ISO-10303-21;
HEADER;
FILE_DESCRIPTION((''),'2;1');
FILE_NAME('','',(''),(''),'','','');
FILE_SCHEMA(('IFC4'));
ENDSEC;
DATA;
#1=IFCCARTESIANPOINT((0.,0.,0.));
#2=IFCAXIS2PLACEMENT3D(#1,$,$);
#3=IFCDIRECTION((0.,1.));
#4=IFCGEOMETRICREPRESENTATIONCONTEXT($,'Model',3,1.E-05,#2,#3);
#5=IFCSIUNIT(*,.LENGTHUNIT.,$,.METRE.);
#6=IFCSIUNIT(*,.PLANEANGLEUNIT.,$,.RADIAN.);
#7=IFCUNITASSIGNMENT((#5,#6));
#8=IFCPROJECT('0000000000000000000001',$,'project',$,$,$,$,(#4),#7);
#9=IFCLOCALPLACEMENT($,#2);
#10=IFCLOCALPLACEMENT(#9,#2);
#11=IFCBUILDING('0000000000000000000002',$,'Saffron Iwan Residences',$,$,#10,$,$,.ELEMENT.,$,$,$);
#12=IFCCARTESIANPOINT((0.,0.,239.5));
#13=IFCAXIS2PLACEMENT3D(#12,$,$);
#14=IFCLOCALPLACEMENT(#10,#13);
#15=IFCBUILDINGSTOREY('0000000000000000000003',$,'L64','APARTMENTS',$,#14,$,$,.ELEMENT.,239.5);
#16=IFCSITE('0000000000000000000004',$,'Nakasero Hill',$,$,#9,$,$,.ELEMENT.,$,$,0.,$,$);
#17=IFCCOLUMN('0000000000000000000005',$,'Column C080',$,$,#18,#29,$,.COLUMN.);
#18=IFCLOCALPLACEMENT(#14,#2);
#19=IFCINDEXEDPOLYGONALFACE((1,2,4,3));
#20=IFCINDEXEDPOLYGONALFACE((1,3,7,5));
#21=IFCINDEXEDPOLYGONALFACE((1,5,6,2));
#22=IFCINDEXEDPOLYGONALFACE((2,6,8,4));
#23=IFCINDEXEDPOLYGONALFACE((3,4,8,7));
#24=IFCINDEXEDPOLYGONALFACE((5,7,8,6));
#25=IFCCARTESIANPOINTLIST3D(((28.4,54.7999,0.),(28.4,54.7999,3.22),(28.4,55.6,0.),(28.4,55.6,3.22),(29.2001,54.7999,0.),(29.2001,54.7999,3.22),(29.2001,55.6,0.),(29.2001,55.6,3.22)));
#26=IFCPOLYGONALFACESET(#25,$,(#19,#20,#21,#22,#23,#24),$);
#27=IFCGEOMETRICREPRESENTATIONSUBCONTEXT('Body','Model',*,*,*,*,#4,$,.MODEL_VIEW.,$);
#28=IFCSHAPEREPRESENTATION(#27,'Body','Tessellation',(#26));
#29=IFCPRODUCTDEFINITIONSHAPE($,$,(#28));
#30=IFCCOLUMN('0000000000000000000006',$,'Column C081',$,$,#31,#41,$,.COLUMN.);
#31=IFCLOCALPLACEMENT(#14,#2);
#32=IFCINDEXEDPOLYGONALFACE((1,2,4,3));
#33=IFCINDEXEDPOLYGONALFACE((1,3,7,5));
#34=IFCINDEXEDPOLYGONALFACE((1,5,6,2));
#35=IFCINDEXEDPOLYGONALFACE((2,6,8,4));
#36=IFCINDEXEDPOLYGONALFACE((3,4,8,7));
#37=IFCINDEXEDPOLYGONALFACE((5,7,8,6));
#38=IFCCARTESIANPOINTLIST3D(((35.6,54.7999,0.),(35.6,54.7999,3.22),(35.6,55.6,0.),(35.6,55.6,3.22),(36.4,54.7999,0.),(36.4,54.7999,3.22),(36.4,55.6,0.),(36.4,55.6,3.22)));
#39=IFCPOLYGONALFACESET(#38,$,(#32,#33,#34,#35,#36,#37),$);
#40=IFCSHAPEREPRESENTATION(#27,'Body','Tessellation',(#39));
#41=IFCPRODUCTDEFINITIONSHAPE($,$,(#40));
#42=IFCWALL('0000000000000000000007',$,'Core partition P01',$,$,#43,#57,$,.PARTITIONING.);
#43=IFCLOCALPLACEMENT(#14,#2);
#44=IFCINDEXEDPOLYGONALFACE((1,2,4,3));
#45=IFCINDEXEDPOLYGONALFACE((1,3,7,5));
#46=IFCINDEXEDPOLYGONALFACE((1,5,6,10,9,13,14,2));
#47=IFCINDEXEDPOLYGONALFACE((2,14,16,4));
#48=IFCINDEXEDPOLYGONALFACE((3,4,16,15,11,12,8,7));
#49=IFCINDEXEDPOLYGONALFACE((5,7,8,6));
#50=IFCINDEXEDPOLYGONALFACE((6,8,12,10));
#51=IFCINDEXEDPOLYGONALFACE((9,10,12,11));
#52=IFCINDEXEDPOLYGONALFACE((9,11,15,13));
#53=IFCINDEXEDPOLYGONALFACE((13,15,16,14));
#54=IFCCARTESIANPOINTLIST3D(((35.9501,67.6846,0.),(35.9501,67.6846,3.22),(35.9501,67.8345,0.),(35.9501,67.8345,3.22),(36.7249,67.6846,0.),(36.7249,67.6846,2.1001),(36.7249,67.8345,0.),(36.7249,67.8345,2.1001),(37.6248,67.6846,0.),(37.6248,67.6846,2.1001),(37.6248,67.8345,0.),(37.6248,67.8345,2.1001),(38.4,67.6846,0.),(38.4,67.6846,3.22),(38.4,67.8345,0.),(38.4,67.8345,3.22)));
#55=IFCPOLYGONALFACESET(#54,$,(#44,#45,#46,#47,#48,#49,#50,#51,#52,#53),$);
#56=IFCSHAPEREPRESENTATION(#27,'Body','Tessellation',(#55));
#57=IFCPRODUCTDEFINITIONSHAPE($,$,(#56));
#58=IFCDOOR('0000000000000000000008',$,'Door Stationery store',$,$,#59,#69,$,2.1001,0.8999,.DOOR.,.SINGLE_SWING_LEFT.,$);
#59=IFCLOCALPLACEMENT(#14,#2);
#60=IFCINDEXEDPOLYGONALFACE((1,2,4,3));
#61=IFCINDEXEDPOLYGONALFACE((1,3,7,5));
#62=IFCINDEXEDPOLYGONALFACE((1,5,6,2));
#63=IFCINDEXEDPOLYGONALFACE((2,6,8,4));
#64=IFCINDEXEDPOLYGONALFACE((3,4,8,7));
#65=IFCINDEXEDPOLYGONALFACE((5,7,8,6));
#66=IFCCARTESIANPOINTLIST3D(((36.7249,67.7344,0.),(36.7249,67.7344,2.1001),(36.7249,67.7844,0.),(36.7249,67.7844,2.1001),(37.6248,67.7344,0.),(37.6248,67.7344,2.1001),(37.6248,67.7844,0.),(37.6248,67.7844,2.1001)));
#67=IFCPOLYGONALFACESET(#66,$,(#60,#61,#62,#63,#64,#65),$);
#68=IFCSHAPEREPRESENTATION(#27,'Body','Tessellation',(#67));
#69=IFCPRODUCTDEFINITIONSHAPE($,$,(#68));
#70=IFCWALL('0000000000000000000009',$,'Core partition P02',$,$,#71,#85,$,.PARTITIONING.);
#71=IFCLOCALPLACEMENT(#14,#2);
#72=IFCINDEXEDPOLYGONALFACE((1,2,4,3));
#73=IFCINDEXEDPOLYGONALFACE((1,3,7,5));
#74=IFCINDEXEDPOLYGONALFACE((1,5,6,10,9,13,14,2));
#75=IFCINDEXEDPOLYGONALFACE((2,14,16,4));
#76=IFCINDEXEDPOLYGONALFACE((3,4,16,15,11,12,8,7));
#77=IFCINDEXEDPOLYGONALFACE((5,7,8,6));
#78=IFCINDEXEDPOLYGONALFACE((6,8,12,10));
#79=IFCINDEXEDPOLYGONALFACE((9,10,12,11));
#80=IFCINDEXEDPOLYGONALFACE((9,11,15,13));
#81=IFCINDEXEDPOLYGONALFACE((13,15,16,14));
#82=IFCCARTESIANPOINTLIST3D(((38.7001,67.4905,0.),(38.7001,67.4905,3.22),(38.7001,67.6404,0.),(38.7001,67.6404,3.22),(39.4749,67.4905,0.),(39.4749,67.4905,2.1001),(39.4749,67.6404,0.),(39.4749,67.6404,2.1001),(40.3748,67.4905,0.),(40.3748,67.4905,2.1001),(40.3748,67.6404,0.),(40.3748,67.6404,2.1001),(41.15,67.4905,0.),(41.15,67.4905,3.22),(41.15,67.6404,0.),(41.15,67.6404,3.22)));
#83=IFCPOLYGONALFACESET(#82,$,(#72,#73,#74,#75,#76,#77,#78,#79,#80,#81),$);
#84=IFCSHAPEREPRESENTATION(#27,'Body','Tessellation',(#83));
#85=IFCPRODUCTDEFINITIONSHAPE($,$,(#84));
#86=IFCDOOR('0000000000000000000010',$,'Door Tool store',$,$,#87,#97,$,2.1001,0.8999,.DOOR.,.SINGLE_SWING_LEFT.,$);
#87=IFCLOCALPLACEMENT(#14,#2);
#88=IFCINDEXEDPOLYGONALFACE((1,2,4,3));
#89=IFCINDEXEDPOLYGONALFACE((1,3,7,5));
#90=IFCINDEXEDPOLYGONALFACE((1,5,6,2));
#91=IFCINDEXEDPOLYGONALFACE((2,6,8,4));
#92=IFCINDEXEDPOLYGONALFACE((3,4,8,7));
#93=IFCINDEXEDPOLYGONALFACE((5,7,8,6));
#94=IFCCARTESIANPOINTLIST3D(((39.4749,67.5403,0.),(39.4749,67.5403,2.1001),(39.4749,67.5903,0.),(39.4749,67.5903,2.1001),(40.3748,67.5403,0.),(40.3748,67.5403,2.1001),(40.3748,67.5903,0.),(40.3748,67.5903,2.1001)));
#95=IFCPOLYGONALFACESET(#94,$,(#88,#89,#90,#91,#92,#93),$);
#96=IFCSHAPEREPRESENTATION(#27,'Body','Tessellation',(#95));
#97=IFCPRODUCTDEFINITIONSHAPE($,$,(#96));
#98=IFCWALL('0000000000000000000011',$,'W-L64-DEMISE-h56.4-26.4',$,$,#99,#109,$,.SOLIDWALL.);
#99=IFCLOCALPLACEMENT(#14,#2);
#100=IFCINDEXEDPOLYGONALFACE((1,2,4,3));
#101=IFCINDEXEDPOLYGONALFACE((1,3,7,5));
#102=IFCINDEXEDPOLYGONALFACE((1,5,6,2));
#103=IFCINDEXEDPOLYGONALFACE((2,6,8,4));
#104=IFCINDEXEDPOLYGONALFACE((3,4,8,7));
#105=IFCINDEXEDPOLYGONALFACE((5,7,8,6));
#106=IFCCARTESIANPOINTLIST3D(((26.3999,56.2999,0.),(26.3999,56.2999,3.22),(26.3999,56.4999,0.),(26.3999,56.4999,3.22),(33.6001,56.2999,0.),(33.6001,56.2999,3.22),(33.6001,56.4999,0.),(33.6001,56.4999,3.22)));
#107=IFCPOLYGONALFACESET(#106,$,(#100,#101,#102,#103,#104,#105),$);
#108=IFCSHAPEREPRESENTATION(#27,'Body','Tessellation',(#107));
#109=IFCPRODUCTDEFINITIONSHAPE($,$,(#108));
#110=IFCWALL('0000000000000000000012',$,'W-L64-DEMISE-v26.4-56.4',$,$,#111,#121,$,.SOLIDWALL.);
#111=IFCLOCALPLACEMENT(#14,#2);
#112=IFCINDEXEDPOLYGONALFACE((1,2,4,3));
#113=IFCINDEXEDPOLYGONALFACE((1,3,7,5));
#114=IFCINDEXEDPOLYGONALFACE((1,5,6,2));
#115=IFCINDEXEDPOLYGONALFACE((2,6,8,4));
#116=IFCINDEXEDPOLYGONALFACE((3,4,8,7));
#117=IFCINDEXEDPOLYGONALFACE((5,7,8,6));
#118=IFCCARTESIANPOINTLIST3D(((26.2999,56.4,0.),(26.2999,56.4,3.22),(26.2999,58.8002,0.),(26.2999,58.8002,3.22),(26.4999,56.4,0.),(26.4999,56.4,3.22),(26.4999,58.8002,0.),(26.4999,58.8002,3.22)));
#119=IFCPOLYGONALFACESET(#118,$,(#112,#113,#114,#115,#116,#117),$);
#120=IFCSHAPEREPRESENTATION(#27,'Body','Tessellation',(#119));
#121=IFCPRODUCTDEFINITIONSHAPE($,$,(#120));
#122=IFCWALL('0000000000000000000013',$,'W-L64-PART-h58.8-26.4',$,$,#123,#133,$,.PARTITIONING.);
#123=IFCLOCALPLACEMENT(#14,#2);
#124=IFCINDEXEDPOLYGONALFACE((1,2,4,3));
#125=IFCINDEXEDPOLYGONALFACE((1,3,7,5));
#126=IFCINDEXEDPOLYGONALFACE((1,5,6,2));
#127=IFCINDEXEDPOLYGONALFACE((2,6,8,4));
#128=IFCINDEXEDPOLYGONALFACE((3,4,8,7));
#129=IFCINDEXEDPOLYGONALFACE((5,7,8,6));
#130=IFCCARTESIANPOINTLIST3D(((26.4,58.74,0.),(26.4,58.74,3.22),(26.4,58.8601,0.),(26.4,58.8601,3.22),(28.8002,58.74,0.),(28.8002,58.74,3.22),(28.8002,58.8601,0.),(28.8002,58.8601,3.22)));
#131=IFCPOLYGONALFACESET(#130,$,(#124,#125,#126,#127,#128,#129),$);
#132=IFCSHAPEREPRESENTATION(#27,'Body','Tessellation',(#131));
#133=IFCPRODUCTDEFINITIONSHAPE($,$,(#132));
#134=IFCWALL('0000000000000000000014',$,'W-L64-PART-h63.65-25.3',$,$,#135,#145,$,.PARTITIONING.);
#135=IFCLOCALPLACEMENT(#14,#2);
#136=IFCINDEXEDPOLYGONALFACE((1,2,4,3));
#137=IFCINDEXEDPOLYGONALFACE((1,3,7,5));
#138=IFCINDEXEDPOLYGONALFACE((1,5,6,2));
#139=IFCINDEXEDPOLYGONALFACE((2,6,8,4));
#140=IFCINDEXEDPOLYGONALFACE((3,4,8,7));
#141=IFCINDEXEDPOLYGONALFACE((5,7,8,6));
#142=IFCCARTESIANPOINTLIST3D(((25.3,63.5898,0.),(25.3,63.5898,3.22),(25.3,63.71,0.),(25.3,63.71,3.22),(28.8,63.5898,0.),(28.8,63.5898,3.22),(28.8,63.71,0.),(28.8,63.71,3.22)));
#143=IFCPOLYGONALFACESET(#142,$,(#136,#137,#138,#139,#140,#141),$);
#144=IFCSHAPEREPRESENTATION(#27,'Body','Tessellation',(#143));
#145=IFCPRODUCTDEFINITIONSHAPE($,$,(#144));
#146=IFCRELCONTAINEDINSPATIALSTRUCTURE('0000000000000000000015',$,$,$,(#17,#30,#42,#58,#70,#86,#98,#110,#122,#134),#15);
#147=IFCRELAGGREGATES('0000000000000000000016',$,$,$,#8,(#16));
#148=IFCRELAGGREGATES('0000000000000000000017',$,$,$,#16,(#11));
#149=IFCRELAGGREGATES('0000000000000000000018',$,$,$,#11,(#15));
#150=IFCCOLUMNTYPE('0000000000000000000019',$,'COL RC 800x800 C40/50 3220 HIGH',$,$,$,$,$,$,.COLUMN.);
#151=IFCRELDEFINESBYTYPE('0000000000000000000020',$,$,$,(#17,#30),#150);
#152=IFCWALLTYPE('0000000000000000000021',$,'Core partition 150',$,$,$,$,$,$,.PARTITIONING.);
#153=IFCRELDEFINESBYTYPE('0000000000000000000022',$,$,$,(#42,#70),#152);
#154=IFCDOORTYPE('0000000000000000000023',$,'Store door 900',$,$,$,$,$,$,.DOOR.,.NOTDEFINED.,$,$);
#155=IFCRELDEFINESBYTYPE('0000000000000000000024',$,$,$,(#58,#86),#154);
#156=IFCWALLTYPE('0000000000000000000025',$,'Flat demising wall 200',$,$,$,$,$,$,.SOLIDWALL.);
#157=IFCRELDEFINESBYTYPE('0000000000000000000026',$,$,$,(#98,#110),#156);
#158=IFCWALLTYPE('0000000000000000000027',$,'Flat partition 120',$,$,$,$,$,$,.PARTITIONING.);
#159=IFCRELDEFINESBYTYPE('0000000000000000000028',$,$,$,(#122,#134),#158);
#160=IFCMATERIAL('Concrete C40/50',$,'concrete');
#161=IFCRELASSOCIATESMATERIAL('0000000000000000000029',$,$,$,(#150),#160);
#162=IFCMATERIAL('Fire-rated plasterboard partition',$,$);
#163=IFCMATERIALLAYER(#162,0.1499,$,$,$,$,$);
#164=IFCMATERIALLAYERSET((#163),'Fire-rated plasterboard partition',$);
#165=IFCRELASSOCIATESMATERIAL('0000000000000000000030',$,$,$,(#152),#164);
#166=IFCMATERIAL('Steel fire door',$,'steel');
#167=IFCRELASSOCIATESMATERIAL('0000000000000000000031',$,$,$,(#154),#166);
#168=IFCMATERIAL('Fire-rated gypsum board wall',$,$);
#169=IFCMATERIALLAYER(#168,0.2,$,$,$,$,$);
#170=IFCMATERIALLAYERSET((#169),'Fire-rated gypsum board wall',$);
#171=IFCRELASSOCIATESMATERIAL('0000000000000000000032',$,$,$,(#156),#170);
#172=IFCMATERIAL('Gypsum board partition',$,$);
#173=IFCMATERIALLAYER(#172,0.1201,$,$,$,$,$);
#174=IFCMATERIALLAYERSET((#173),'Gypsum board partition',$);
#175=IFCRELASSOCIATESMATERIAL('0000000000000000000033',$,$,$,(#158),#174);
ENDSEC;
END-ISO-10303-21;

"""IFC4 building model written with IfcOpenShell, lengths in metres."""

from ifc_helpers import new_model, si_unit, direction, frame, frame_2d, origin, origin_2d, place, context, subcontext, project, spatial, rectangle, extrude, source, transform, mapped, material, layer, layer_set, material_profile, profile_set, type_object, element, fill, save


model = new_model("IFC4")

# Units and contexts
model_context = context("Model", 3, precision=1e-05, world=origin(), true_north=direction((0.0, 1.0)))
body_context = subcontext(model_context, "Body", "Model", "MODEL_VIEW")
ifc_project = project(units=[si_unit("LENGTHUNIT", "METRE"), si_unit("PLANEANGLEUNIT", "RADIAN")], contexts=[model_context])

# Site, building, storey
site_placement = place(None, origin())
site = spatial("IfcSite", under=ifc_project, at=site_placement, Name="Nakasero Hill", CompositionType="ELEMENT", RefElevation=0.0)
building_placement = place(site_placement, origin())
building = spatial("IfcBuilding", under=site, at=building_placement, Name="Saffron Iwan Residences", CompositionType="ELEMENT")
storey_placement = place(building_placement, frame((0.0, 0.0, 239.5)))
storey = spatial("IfcBuildingStorey", under=building, at=storey_placement, Name="L64", Description="APARTMENTS", CompositionType="ELEMENT", Elevation=239.5)

# Columns
ifc_material_1 = material(Name="Concrete C40/50", Category="concrete")
ifc_material_profile = material_profile(ifc_material_1, rectangle(XDim=0.8, YDim=0.8, at=origin_2d()), Name="RC 800x800")
ifc_profile_set = profile_set([ifc_material_profile], Name="Concrete C40/50")
column_type = type_object("IfcColumnType", Name="COL RC 800x800 C40/50 3220 HIGH", PredefinedType="COLUMN", material=ifc_profile_set)
shared_shape = source(origin(), body_context, "Body", "SweptSolid", [
    extrude(rectangle(XDim=0.8, YDim=0.8, at=origin_2d()), origin(), (0.0, 0.0, 1.0), 3.22),
])
for number, where, z_axis, x_axis, name in (
    (1, (28.8, 55.2, 0.0), (0.0, 0.0, 1.0), (1.0, 0.0, 0.0), "Column C080"),
    (2, (36.0, 55.2, 0.0), (0.0, 0.0, 1.0), (1.0, 0.0, 0.0), "Column C081"),
):
    element("IfcColumn", number, at=place(storey_placement, frame(where, z_axis=z_axis, x_axis=x_axis)), inside=storey, type_object=column_type, Name=name, PredefinedType="COLUMN", context=body_context, shape_type="MappedRepresentation", body=[
        mapped(shared_shape, transform((0.0, 0.0, 0.0))),
    ])

# Walls, openings, doors
ifc_material_2 = material(Name="Fire-rated plasterboard partition")
ifc_layer_1 = layer(ifc_material_2, 0.1499)
ifc_layer_set_1 = layer_set([ifc_layer_1], Name="Fire-rated plasterboard partition")
wall_type_1 = type_object("IfcWallType", Name="Core partition 150", PredefinedType="PARTITIONING", material=ifc_layer_set_1)
wall_1_placement = place(storey_placement, frame((35.95, 67.7595, 0.0), z_axis=(0.0, 0.0, 1.0), x_axis=(1.0, 0.0, 0.0)))
wall_1 = element("IfcWall", 3, at=wall_1_placement, inside=storey, type_object=wall_type_1, Name="Core partition P01", PredefinedType="PARTITIONING", context=body_context, shape_type="SweptSolid", body=[
    extrude(rectangle(XDim=2.45, YDim=0.1499, at=frame_2d((1.2251, 0.0))), origin(), (0.0, 0.0, 1.0), 3.22),
])
opening_1_placement = place(wall_1_placement, frame((0.7749, 0.0, 0.0)))
opening_1 = element("IfcOpeningElement", 4, at=opening_1_placement, cuts=wall_1, PredefinedType="OPENING", context=body_context, shape_type="SweptSolid", body=[
    extrude(rectangle(XDim=0.8999, YDim=2.1001, at=frame_2d((0.45, 1.05))), frame((0.0, 0.085, 0.0), z_axis=(0.0, -1.0, 0.0), x_axis=(1.0, 0.0, 0.0)), (0.0, 0.0, 1.0), 0.1699),
])
ifc_material_3 = material(Name="Steel fire door", Category="steel")
door_type_1 = type_object("IfcDoorType", Name="Store door 900", OperationType="NOTDEFINED", PredefinedType="DOOR", material=ifc_material_3)
door_1_placement = place(opening_1_placement, origin())
door_1 = element("IfcDoor", 5, at=door_1_placement, inside=storey, type_object=door_type_1, Name="Door Stationery store", OperationType="SINGLE_SWING_LEFT", OverallHeight=2.1001, OverallWidth=0.8999, PredefinedType="DOOR", context=body_context, shape_type="SweptSolid", body=[
    extrude(rectangle(XDim=0.8999, YDim=2.1001, at=frame_2d((0.45, 1.05))), frame((0.0, 0.0249, 0.0), z_axis=(0.0, -1.0, 0.0), x_axis=(1.0, 0.0, 0.0)), (0.0, 0.0, 1.0), 0.05),
])
fill(opening_1, door_1)
wall_2_placement = place(storey_placement, frame((38.7, 67.5654, 0.0), z_axis=(0.0, 0.0, 1.0), x_axis=(1.0, 0.0, 0.0)))
wall_2 = element("IfcWall", 6, at=wall_2_placement, inside=storey, type_object=wall_type_1, Name="Core partition P02", PredefinedType="PARTITIONING", context=body_context, shape_type="SweptSolid", body=[
    extrude(rectangle(XDim=2.45, YDim=0.1499, at=frame_2d((1.2251, 0.0))), origin(), (0.0, 0.0, 1.0), 3.22),
])
opening_2_placement = place(wall_2_placement, frame((0.7749, 0.0, 0.0)))
opening_2 = element("IfcOpeningElement", 7, at=opening_2_placement, cuts=wall_2, PredefinedType="OPENING", context=body_context, shape_type="SweptSolid", body=[
    extrude(rectangle(XDim=0.8999, YDim=2.1001, at=frame_2d((0.45, 1.05))), frame((0.0, 0.085, 0.0), z_axis=(0.0, -1.0, 0.0), x_axis=(1.0, 0.0, 0.0)), (0.0, 0.0, 1.0), 0.1699),
])
door_2_placement = place(opening_2_placement, origin())
door_2 = element("IfcDoor", 8, at=door_2_placement, inside=storey, type_object=door_type_1, Name="Door Tool store", OperationType="SINGLE_SWING_LEFT", OverallHeight=2.1001, OverallWidth=0.8999, PredefinedType="DOOR", context=body_context, shape_type="SweptSolid", body=[
    extrude(rectangle(XDim=0.8999, YDim=2.1001, at=frame_2d((0.45, 1.05))), frame((0.0, 0.0249, 0.0), z_axis=(0.0, -1.0, 0.0), x_axis=(1.0, 0.0, 0.0)), (0.0, 0.0, 1.0), 0.05),
])
fill(opening_2, door_2)

# Walls
ifc_material_4 = material(Name="Fire-rated gypsum board wall")
ifc_layer_2 = layer(ifc_material_4, 0.2)
ifc_layer_set_2 = layer_set([ifc_layer_2], Name="Fire-rated gypsum board wall")
wall_type_2 = type_object("IfcWallType", Name="Flat demising wall 200", PredefinedType="SOLIDWALL", material=ifc_layer_set_2)
wall_3_placement = place(storey_placement, frame((26.3999, 56.3999, 0.0), z_axis=(0.0, 0.0, 1.0), x_axis=(1.0, 0.0, 0.0)))
element("IfcWall", 9, at=wall_3_placement, inside=storey, type_object=wall_type_2, Name="W-L64-DEMISE-h56.4-26.4", PredefinedType="SOLIDWALL", context=body_context, shape_type="SweptSolid", body=[
    extrude(rectangle(XDim=7.2002, YDim=0.2, at=frame_2d((3.6001, 0.0))), origin(), (0.0, 0.0, 1.0), 3.22),
])
wall_4_placement = place(storey_placement, frame((26.3999, 56.3999, 0.0), z_axis=(0.0, 0.0, 1.0), x_axis=(0.0, 1.0, 0.0)))
element("IfcWall", 10, at=wall_4_placement, inside=storey, type_object=wall_type_2, Name="W-L64-DEMISE-v26.4-56.4", PredefinedType="SOLIDWALL", context=body_context, shape_type="SweptSolid", body=[
    extrude(rectangle(XDim=2.4001, YDim=0.2, at=frame_2d((1.2002, 0.0))), origin(), (0.0, 0.0, 1.0), 3.22),
])
ifc_material_5 = material(Name="Gypsum board partition")
ifc_layer_3 = layer(ifc_material_5, 0.1201)
ifc_layer_set_3 = layer_set([ifc_layer_3], Name="Gypsum board partition")
wall_type_3 = type_object("IfcWallType", Name="Flat partition 120", PredefinedType="PARTITIONING", material=ifc_layer_set_3)
wall_5_placement = place(storey_placement, frame((26.3999, 58.8, 0.0), z_axis=(0.0, 0.0, 1.0), x_axis=(1.0, 0.0, 0.0)))
element("IfcWall", 11, at=wall_5_placement, inside=storey, type_object=wall_type_3, Name="W-L64-PART-h58.8-26.4", PredefinedType="PARTITIONING", context=body_context, shape_type="SweptSolid", body=[
    extrude(rectangle(XDim=2.4001, YDim=0.1201, at=frame_2d((1.2002, 0.0))), origin(), (0.0, 0.0, 1.0), 3.22),
])
wall_6_placement = place(storey_placement, frame((25.3, 63.6499, 0.0), z_axis=(0.0, 0.0, 1.0), x_axis=(1.0, 0.0, 0.0)))
element("IfcWall", 12, at=wall_6_placement, inside=storey, type_object=wall_type_3, Name="W-L64-PART-h63.65-25.3", PredefinedType="PARTITIONING", context=body_context, shape_type="SweptSolid", body=[
    extrude(rectangle(XDim=3.5, YDim=0.1201, at=frame_2d((1.75, 0.0))), origin(), (0.0, 0.0, 1.0), 3.22),
])

save(model, "model.ifc")
